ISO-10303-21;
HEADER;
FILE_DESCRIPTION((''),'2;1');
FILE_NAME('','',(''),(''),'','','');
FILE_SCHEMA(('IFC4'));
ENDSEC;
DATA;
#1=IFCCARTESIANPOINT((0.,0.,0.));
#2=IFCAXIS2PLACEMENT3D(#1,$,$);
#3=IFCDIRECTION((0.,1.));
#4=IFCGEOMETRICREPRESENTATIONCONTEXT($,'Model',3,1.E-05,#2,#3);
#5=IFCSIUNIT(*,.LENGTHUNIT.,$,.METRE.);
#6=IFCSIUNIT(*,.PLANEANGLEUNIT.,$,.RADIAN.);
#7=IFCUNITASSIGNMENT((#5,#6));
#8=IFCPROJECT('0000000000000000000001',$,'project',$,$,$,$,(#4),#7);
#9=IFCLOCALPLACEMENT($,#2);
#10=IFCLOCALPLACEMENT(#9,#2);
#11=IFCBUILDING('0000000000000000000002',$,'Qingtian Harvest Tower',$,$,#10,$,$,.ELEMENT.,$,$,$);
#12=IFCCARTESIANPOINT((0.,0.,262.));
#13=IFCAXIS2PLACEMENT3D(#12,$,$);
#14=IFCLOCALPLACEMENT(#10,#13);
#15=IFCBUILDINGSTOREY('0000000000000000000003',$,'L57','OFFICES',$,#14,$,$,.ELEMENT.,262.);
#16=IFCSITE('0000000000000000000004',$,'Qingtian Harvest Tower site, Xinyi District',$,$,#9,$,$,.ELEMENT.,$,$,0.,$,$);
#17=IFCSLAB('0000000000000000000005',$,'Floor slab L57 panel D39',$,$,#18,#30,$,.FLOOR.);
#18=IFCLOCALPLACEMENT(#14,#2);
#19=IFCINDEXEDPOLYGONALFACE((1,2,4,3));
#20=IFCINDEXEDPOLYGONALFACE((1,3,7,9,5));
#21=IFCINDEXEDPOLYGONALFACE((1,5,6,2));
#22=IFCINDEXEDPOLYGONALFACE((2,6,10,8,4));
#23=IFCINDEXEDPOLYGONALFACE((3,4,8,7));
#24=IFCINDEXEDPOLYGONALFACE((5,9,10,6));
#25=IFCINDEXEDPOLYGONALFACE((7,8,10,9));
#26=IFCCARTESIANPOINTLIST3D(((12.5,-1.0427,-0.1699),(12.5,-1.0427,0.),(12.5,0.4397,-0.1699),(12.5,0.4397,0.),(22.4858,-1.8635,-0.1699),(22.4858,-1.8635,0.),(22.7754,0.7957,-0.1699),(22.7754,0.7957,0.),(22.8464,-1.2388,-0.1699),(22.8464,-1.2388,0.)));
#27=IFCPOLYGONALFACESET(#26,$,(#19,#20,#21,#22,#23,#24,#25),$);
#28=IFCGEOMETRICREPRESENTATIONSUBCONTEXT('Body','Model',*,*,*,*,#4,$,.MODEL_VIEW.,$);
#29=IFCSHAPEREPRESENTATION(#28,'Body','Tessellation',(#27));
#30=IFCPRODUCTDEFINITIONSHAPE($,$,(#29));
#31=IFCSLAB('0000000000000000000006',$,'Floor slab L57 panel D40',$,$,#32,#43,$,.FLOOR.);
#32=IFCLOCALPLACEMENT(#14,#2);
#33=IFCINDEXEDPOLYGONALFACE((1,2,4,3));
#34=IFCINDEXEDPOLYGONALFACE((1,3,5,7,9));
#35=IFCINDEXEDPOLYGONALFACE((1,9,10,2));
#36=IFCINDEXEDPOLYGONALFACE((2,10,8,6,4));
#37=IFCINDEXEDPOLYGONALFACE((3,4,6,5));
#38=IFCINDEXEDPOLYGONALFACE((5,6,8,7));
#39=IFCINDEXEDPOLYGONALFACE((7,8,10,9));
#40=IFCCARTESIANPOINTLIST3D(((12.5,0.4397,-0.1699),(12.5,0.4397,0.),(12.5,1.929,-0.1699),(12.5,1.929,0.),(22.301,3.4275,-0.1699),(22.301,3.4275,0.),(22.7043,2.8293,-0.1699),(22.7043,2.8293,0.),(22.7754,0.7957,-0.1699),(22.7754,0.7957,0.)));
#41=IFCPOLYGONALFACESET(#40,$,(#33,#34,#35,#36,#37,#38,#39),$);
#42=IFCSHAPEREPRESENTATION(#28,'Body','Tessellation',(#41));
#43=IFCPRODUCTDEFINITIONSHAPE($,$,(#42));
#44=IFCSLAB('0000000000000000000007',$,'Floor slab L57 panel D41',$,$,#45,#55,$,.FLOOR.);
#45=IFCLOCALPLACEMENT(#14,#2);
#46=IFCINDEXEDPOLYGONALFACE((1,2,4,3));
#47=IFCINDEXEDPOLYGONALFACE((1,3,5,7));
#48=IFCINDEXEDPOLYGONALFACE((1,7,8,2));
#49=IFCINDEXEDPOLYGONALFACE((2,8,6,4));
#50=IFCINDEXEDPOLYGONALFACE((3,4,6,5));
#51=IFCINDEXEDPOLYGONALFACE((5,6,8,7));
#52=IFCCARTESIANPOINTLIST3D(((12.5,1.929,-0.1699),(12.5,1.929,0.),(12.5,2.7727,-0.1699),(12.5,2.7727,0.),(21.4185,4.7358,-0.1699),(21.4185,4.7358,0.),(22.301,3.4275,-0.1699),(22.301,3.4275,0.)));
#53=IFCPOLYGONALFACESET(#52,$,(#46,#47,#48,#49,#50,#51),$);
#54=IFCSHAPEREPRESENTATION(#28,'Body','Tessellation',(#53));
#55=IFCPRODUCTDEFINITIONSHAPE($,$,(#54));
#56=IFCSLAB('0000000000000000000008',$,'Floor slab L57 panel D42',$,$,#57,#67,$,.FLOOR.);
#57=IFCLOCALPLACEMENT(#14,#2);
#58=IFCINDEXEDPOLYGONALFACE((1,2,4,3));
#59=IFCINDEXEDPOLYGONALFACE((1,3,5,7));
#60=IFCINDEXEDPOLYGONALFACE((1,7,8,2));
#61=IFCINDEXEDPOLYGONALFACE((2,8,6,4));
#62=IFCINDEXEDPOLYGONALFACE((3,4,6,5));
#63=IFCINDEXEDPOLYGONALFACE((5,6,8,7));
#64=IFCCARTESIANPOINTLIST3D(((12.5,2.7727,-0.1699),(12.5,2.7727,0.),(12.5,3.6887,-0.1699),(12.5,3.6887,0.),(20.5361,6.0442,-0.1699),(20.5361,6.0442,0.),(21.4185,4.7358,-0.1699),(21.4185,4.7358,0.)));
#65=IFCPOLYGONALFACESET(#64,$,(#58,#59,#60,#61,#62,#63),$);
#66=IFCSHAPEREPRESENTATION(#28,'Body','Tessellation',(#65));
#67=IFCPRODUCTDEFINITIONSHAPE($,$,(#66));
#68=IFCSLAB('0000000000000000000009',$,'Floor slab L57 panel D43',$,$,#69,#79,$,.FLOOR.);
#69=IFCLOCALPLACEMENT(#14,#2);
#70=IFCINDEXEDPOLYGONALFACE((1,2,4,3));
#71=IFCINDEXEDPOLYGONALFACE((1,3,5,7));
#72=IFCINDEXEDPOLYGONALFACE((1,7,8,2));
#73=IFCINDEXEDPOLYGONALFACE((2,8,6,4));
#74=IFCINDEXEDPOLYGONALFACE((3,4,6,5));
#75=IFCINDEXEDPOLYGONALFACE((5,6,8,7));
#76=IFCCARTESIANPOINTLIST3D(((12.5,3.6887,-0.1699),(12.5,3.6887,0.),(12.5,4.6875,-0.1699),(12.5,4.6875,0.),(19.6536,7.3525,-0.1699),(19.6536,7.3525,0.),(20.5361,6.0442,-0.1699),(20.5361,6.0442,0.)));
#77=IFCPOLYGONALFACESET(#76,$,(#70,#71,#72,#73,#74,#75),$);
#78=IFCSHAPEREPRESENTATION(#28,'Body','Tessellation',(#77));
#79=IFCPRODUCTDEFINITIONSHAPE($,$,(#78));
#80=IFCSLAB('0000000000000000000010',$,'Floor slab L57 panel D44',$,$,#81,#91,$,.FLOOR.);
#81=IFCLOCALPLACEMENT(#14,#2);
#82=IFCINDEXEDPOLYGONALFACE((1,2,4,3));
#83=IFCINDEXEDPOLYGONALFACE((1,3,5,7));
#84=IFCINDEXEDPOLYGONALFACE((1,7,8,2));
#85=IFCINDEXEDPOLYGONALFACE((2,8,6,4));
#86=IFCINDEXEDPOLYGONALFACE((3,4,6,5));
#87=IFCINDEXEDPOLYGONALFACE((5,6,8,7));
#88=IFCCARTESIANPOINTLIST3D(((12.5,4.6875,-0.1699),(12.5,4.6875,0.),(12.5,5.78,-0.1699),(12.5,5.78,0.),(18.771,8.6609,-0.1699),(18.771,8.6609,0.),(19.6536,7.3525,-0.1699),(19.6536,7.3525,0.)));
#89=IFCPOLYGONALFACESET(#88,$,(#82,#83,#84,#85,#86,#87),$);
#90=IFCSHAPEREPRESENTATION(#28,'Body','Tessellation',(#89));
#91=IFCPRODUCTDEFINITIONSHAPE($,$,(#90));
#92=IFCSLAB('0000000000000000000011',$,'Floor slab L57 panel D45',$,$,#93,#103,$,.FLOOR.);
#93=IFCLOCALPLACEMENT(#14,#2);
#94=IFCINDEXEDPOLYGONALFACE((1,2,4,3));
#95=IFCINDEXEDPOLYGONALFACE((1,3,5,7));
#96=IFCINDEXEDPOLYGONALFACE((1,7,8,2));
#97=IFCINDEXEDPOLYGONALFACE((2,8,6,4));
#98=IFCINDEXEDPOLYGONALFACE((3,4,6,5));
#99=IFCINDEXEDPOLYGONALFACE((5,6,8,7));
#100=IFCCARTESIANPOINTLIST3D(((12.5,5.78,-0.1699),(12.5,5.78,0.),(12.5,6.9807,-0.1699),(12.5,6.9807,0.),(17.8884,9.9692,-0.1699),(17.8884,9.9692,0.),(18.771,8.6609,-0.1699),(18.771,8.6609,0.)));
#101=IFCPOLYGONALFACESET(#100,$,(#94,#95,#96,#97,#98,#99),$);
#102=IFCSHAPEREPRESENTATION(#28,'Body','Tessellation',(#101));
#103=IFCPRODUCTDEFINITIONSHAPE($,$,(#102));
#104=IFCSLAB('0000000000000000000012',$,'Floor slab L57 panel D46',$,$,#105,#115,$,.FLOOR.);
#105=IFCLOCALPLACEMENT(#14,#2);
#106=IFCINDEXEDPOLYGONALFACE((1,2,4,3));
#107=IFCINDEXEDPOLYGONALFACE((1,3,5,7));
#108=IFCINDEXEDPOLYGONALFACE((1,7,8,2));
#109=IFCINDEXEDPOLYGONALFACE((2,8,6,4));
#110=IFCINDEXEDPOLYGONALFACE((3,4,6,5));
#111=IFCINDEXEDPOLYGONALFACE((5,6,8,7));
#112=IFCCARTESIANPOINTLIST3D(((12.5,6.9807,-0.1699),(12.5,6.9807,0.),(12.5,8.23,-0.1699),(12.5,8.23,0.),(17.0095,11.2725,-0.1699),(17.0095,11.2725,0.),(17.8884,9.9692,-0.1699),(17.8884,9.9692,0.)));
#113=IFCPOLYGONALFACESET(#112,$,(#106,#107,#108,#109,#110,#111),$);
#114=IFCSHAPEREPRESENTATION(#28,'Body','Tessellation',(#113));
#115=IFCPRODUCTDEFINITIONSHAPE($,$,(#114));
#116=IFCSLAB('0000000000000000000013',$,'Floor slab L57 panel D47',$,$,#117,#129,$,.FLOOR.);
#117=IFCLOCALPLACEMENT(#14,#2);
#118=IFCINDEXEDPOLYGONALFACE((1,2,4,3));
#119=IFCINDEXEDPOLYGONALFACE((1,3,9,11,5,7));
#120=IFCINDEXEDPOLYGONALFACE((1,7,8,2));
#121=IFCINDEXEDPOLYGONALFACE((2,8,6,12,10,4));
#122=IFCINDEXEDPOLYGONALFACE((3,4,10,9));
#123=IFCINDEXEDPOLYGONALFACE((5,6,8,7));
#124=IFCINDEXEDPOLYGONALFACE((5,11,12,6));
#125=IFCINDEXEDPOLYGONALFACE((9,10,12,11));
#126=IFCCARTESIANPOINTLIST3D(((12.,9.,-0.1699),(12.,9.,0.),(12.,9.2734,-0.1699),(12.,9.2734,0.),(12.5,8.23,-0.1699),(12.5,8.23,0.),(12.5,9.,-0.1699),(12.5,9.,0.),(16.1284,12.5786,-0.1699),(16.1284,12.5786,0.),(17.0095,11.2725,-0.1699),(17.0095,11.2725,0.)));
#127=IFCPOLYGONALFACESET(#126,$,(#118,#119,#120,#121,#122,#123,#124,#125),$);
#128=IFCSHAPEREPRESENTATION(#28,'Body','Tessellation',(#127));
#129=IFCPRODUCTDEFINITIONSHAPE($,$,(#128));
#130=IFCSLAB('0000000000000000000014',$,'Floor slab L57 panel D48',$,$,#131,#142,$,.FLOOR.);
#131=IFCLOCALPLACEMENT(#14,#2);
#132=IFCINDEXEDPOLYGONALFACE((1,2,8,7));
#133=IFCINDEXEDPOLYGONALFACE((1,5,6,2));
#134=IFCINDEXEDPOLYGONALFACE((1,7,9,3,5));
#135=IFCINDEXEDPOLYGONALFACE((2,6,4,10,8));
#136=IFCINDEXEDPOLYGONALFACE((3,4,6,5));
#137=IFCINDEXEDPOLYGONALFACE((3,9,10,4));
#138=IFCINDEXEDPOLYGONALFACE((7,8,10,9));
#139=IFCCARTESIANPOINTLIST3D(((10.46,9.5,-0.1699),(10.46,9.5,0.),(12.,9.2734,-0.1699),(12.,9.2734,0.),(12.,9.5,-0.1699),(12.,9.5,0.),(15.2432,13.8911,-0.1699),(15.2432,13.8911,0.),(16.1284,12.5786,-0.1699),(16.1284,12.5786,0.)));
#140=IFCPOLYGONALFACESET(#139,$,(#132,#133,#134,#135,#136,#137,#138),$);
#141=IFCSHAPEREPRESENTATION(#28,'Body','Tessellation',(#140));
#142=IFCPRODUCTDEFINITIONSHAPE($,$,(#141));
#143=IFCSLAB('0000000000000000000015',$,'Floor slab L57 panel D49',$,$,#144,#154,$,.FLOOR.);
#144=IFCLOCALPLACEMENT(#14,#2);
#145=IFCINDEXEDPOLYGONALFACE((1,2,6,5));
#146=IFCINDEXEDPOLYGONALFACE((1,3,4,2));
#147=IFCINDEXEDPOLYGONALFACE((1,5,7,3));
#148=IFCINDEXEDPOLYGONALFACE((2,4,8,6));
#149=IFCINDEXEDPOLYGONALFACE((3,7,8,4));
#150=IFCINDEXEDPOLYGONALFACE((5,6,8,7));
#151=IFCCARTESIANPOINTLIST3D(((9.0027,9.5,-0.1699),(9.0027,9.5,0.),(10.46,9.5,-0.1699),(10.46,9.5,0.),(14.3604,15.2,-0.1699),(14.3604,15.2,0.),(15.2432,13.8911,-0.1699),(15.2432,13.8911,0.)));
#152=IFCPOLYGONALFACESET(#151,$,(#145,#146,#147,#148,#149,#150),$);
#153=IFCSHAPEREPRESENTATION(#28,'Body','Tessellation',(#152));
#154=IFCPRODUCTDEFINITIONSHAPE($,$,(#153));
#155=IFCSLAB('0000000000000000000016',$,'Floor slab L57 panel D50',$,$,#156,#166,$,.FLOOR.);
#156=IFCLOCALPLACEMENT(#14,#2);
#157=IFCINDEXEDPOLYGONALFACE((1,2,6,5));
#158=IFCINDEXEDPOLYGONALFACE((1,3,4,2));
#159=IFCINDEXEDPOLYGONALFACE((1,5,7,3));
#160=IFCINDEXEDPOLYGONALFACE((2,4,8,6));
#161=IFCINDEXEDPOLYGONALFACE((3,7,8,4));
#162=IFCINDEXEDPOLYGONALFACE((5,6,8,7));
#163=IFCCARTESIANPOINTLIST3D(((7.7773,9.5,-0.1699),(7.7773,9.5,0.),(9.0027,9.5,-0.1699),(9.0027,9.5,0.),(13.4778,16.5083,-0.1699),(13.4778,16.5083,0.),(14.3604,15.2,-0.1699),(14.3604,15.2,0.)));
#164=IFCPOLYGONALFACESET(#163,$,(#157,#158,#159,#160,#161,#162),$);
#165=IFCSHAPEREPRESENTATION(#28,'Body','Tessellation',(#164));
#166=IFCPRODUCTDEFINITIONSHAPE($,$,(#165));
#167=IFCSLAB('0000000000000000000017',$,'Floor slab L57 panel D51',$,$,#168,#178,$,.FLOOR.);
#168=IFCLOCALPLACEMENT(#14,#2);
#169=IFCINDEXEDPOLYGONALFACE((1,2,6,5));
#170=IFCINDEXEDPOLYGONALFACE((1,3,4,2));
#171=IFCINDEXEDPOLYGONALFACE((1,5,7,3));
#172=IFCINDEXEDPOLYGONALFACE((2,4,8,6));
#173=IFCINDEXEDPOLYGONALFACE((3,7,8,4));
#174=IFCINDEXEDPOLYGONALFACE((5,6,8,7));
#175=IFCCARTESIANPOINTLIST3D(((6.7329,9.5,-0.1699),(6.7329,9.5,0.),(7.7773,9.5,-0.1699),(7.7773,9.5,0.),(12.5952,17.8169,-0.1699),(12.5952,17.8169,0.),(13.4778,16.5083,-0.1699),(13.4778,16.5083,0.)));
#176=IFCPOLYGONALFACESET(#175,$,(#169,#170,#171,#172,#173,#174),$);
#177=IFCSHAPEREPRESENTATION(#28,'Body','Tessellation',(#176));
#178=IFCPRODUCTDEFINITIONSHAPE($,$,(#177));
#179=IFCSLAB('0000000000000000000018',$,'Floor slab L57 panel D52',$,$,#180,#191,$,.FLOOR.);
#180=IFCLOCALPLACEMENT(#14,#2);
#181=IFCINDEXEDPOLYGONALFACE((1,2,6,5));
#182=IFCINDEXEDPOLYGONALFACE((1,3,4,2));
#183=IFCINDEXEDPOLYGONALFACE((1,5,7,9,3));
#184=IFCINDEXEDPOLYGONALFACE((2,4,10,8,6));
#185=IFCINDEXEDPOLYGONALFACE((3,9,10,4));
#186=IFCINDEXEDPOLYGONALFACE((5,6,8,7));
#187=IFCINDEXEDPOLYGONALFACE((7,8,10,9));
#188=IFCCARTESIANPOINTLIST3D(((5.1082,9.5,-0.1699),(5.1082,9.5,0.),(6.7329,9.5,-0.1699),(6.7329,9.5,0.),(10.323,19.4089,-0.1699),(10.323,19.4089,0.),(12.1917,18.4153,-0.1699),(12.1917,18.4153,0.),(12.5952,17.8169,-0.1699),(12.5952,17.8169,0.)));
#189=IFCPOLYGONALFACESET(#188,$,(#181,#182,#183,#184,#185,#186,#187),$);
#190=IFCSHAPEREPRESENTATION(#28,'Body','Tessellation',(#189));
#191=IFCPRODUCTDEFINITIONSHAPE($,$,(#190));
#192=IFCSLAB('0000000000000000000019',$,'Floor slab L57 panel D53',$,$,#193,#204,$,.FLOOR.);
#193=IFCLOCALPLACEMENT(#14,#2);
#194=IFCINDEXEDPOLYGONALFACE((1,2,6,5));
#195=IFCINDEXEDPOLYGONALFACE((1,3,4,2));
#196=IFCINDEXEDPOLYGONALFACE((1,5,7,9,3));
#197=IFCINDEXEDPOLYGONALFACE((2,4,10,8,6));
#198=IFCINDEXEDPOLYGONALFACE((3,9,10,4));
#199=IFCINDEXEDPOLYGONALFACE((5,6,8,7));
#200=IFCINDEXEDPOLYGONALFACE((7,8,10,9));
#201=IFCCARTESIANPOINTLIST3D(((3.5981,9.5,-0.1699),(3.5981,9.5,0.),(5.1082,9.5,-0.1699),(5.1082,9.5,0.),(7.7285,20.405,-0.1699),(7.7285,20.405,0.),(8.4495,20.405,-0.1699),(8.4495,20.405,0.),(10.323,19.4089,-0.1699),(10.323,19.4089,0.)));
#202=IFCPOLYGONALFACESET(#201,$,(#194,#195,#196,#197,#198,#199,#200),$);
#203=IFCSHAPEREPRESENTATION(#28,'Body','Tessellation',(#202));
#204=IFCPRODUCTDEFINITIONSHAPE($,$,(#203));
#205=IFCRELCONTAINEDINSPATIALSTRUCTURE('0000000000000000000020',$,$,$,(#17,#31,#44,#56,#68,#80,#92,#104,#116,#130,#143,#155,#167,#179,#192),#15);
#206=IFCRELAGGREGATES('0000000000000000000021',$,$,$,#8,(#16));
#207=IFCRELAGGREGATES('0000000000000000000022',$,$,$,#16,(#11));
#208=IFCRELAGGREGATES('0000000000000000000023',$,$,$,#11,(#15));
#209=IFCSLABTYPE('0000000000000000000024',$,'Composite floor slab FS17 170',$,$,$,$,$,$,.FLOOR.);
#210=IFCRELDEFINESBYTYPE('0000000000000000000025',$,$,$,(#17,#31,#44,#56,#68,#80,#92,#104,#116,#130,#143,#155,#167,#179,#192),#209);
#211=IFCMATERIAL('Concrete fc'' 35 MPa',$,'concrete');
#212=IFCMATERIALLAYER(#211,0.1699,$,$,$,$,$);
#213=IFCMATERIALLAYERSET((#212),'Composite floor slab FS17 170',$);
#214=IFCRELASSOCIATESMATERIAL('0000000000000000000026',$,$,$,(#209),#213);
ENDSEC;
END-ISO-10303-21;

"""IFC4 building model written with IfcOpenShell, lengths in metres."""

from ifc_helpers import new_model, si_unit, direction, frame, origin, place, context, subcontext, project, spatial, polyline, outline, extrude, material, layer, layer_set, type_object, element, save


model = new_model("IFC4")

# Units and contexts
model_context = context("Model", 3, precision=1e-05, world=origin(), true_north=direction((0.0, 1.0)))
body_context = subcontext(model_context, "Body", "Model", "MODEL_VIEW")
ifc_project = project(units=[si_unit("LENGTHUNIT", "METRE"), si_unit("PLANEANGLEUNIT", "RADIAN")], contexts=[model_context])

# Site, building, storey
site_placement = place(None, origin())
site = spatial("IfcSite", under=ifc_project, at=site_placement, Name="Qingtian Harvest Tower site, Xinyi District", CompositionType="ELEMENT", RefElevation=0.0)
building_placement = place(site_placement, origin())
building = spatial("IfcBuilding", under=site, at=building_placement, Name="Qingtian Harvest Tower", CompositionType="ELEMENT")
storey_placement = place(building_placement, frame((0.0, 0.0, 262.0)))
storey = spatial("IfcBuildingStorey", under=building, at=storey_placement, Name="L57", Description="OFFICES", CompositionType="ELEMENT", Elevation=262.0)

# Slabs
ifc_material_1 = material(Name="Concrete fc' 35 MPa", Category="concrete")
ifc_layer_1 = layer(ifc_material_1, 0.1699)
ifc_layer_set_1 = layer_set([ifc_layer_1], Name="Composite floor slab FS17 170")
slab_type = type_object("IfcSlabType", Name="Composite floor slab FS17 170", PredefinedType="FLOOR", material=ifc_layer_set_1)
slab_1_placement = place(storey_placement, frame((0.0, 0.0, -0.1699)))
element("IfcSlab", 1, at=slab_1_placement, inside=storey, type_object=slab_type, Name="Floor slab L57 panel D39", PredefinedType="FLOOR", context=body_context, shape_type="SweptSolid", body=[
    extrude(outline(polyline([(12.5, -1.0427), (12.5, 0.4397), (22.7754, 0.7957), (22.8464, -1.2388), (22.4858, -1.8635), (12.5, -1.0427)])), origin(), (0.0, 0.0, 1.0), 0.1699),
])
slab_2_placement = place(storey_placement, frame((0.0, 0.0, -0.1699)))
element("IfcSlab", 2, at=slab_2_placement, inside=storey, type_object=slab_type, Name="Floor slab L57 panel D40", PredefinedType="FLOOR", context=body_context, shape_type="SweptSolid", body=[
    extrude(outline(polyline([(12.5, 0.4397), (12.5, 1.929), (22.301, 3.4275), (22.7043, 2.8293), (22.7754, 0.7957), (12.5, 0.4397)])), origin(), (0.0, 0.0, 1.0), 0.1699),
])
slab_3_placement = place(storey_placement, frame((0.0, 0.0, -0.1699)))
element("IfcSlab", 3, at=slab_3_placement, inside=storey, type_object=slab_type, Name="Floor slab L57 panel D41", PredefinedType="FLOOR", context=body_context, shape_type="SweptSolid", body=[
    extrude(outline(polyline([(12.5, 2.7727), (21.4185, 4.7358), (22.301, 3.4275), (12.5, 1.929), (12.5, 2.7727)])), origin(), (0.0, 0.0, 1.0), 0.1699),
])
slab_4_placement = place(storey_placement, frame((0.0, 0.0, -0.1699)))
element("IfcSlab", 4, at=slab_4_placement, inside=storey, type_object=slab_type, Name="Floor slab L57 panel D42", PredefinedType="FLOOR", context=body_context, shape_type="SweptSolid", body=[
    extrude(outline(polyline([(12.5, 3.6887), (20.5361, 6.0442), (21.4185, 4.7358), (12.5, 2.7727), (12.5, 3.6887)])), origin(), (0.0, 0.0, 1.0), 0.1699),
])
slab_5_placement = place(storey_placement, frame((0.0, 0.0, -0.1699)))
element("IfcSlab", 5, at=slab_5_placement, inside=storey, type_object=slab_type, Name="Floor slab L57 panel D43", PredefinedType="FLOOR", context=body_context, shape_type="SweptSolid", body=[
    extrude(outline(polyline([(12.5, 4.6875), (19.6536, 7.3525), (20.5361, 6.0442), (12.5, 3.6887), (12.5, 4.6875)])), origin(), (0.0, 0.0, 1.0), 0.1699),
])
slab_6_placement = place(storey_placement, frame((0.0, 0.0, -0.1699)))
element("IfcSlab", 6, at=slab_6_placement, inside=storey, type_object=slab_type, Name="Floor slab L57 panel D44", PredefinedType="FLOOR", context=body_context, shape_type="SweptSolid", body=[
    extrude(outline(polyline([(12.5, 5.78), (18.771, 8.6609), (19.6536, 7.3525), (12.5, 4.6875), (12.5, 5.78)])), origin(), (0.0, 0.0, 1.0), 0.1699),
])
slab_7_placement = place(storey_placement, frame((0.0, 0.0, -0.1699)))
element("IfcSlab", 7, at=slab_7_placement, inside=storey, type_object=slab_type, Name="Floor slab L57 panel D45", PredefinedType="FLOOR", context=body_context, shape_type="SweptSolid", body=[
    extrude(outline(polyline([(12.5, 6.9807), (17.8884, 9.9692), (18.771, 8.6609), (12.5, 5.78), (12.5, 6.9807)])), origin(), (0.0, 0.0, 1.0), 0.1699),
])
slab_8_placement = place(storey_placement, frame((0.0, 0.0, -0.1699)))
element("IfcSlab", 8, at=slab_8_placement, inside=storey, type_object=slab_type, Name="Floor slab L57 panel D46", PredefinedType="FLOOR", context=body_context, shape_type="SweptSolid", body=[
    extrude(outline(polyline([(12.5, 8.23), (17.0095, 11.2725), (17.8884, 9.9692), (12.5, 6.9807), (12.5, 8.23)])), origin(), (0.0, 0.0, 1.0), 0.1699),
])
slab_9_placement = place(storey_placement, frame((0.0, 0.0, -0.1699)))
element("IfcSlab", 9, at=slab_9_placement, inside=storey, type_object=slab_type, Name="Floor slab L57 panel D47", PredefinedType="FLOOR", context=body_context, shape_type="SweptSolid", body=[
    extrude(outline(polyline([(12.5, 9.0), (12.0, 9.0), (12.0, 9.2734), (16.1284, 12.5786), (17.0095, 11.2725), (12.5, 8.23), (12.5, 9.0)])), origin(), (0.0, 0.0, 1.0), 0.1699),
])
slab_10_placement = place(storey_placement, frame((0.0, 0.0, -0.1699)))
element("IfcSlab", 10, at=slab_10_placement, inside=storey, type_object=slab_type, Name="Floor slab L57 panel D48", PredefinedType="FLOOR", context=body_context, shape_type="SweptSolid", body=[
    extrude(outline(polyline([(12.0, 9.5), (10.46, 9.5), (15.2432, 13.8911), (16.1284, 12.5786), (12.0, 9.2734), (12.0, 9.5)])), origin(), (0.0, 0.0, 1.0), 0.1699),
])
slab_11_placement = place(storey_placement, frame((0.0, 0.0, -0.1699)))
element("IfcSlab", 11, at=slab_11_placement, inside=storey, type_object=slab_type, Name="Floor slab L57 panel D49", PredefinedType="FLOOR", context=body_context, shape_type="SweptSolid", body=[
    extrude(outline(polyline([(9.0027, 9.5), (14.3604, 15.2), (15.2432, 13.8911), (10.46, 9.5), (9.0027, 9.5)])), origin(), (0.0, 0.0, 1.0), 0.1699),
])
slab_12_placement = place(storey_placement, frame((0.0, 0.0, -0.1699)))
element("IfcSlab", 12, at=slab_12_placement, inside=storey, type_object=slab_type, Name="Floor slab L57 panel D50", PredefinedType="FLOOR", context=body_context, shape_type="SweptSolid", body=[
    extrude(outline(polyline([(7.7773, 9.5), (13.4778, 16.5083), (14.3604, 15.2), (9.0027, 9.5), (7.7773, 9.5)])), origin(), (0.0, 0.0, 1.0), 0.1699),
])
slab_13_placement = place(storey_placement, frame((0.0, 0.0, -0.1699)))
element("IfcSlab", 13, at=slab_13_placement, inside=storey, type_object=slab_type, Name="Floor slab L57 panel D51", PredefinedType="FLOOR", context=body_context, shape_type="SweptSolid", body=[
    extrude(outline(polyline([(6.7329, 9.5), (12.5952, 17.8169), (13.4778, 16.5083), (7.7773, 9.5), (6.7329, 9.5)])), origin(), (0.0, 0.0, 1.0), 0.1699),
])
slab_14_placement = place(storey_placement, frame((0.0, 0.0, -0.1699)))
element("IfcSlab", 14, at=slab_14_placement, inside=storey, type_object=slab_type, Name="Floor slab L57 panel D52", PredefinedType="FLOOR", context=body_context, shape_type="SweptSolid", body=[
    extrude(outline(polyline([(6.7329, 9.5), (5.1082, 9.5), (10.323, 19.4089), (12.1917, 18.4153), (12.5952, 17.8169), (6.7329, 9.5)])), origin(), (0.0, 0.0, 1.0), 0.1699),
])
slab_15_placement = place(storey_placement, frame((0.0, 0.0, -0.1699)))
element("IfcSlab", 15, at=slab_15_placement, inside=storey, type_object=slab_type, Name="Floor slab L57 panel D53", PredefinedType="FLOOR", context=body_context, shape_type="SweptSolid", body=[
    extrude(outline(polyline([(3.5981, 9.5), (7.7285, 20.405), (8.4495, 20.405), (10.323, 19.4089), (5.1082, 9.5), (3.5981, 9.5)])), origin(), (0.0, 0.0, 1.0), 0.1699),
])

save(model, "model.ifc")
